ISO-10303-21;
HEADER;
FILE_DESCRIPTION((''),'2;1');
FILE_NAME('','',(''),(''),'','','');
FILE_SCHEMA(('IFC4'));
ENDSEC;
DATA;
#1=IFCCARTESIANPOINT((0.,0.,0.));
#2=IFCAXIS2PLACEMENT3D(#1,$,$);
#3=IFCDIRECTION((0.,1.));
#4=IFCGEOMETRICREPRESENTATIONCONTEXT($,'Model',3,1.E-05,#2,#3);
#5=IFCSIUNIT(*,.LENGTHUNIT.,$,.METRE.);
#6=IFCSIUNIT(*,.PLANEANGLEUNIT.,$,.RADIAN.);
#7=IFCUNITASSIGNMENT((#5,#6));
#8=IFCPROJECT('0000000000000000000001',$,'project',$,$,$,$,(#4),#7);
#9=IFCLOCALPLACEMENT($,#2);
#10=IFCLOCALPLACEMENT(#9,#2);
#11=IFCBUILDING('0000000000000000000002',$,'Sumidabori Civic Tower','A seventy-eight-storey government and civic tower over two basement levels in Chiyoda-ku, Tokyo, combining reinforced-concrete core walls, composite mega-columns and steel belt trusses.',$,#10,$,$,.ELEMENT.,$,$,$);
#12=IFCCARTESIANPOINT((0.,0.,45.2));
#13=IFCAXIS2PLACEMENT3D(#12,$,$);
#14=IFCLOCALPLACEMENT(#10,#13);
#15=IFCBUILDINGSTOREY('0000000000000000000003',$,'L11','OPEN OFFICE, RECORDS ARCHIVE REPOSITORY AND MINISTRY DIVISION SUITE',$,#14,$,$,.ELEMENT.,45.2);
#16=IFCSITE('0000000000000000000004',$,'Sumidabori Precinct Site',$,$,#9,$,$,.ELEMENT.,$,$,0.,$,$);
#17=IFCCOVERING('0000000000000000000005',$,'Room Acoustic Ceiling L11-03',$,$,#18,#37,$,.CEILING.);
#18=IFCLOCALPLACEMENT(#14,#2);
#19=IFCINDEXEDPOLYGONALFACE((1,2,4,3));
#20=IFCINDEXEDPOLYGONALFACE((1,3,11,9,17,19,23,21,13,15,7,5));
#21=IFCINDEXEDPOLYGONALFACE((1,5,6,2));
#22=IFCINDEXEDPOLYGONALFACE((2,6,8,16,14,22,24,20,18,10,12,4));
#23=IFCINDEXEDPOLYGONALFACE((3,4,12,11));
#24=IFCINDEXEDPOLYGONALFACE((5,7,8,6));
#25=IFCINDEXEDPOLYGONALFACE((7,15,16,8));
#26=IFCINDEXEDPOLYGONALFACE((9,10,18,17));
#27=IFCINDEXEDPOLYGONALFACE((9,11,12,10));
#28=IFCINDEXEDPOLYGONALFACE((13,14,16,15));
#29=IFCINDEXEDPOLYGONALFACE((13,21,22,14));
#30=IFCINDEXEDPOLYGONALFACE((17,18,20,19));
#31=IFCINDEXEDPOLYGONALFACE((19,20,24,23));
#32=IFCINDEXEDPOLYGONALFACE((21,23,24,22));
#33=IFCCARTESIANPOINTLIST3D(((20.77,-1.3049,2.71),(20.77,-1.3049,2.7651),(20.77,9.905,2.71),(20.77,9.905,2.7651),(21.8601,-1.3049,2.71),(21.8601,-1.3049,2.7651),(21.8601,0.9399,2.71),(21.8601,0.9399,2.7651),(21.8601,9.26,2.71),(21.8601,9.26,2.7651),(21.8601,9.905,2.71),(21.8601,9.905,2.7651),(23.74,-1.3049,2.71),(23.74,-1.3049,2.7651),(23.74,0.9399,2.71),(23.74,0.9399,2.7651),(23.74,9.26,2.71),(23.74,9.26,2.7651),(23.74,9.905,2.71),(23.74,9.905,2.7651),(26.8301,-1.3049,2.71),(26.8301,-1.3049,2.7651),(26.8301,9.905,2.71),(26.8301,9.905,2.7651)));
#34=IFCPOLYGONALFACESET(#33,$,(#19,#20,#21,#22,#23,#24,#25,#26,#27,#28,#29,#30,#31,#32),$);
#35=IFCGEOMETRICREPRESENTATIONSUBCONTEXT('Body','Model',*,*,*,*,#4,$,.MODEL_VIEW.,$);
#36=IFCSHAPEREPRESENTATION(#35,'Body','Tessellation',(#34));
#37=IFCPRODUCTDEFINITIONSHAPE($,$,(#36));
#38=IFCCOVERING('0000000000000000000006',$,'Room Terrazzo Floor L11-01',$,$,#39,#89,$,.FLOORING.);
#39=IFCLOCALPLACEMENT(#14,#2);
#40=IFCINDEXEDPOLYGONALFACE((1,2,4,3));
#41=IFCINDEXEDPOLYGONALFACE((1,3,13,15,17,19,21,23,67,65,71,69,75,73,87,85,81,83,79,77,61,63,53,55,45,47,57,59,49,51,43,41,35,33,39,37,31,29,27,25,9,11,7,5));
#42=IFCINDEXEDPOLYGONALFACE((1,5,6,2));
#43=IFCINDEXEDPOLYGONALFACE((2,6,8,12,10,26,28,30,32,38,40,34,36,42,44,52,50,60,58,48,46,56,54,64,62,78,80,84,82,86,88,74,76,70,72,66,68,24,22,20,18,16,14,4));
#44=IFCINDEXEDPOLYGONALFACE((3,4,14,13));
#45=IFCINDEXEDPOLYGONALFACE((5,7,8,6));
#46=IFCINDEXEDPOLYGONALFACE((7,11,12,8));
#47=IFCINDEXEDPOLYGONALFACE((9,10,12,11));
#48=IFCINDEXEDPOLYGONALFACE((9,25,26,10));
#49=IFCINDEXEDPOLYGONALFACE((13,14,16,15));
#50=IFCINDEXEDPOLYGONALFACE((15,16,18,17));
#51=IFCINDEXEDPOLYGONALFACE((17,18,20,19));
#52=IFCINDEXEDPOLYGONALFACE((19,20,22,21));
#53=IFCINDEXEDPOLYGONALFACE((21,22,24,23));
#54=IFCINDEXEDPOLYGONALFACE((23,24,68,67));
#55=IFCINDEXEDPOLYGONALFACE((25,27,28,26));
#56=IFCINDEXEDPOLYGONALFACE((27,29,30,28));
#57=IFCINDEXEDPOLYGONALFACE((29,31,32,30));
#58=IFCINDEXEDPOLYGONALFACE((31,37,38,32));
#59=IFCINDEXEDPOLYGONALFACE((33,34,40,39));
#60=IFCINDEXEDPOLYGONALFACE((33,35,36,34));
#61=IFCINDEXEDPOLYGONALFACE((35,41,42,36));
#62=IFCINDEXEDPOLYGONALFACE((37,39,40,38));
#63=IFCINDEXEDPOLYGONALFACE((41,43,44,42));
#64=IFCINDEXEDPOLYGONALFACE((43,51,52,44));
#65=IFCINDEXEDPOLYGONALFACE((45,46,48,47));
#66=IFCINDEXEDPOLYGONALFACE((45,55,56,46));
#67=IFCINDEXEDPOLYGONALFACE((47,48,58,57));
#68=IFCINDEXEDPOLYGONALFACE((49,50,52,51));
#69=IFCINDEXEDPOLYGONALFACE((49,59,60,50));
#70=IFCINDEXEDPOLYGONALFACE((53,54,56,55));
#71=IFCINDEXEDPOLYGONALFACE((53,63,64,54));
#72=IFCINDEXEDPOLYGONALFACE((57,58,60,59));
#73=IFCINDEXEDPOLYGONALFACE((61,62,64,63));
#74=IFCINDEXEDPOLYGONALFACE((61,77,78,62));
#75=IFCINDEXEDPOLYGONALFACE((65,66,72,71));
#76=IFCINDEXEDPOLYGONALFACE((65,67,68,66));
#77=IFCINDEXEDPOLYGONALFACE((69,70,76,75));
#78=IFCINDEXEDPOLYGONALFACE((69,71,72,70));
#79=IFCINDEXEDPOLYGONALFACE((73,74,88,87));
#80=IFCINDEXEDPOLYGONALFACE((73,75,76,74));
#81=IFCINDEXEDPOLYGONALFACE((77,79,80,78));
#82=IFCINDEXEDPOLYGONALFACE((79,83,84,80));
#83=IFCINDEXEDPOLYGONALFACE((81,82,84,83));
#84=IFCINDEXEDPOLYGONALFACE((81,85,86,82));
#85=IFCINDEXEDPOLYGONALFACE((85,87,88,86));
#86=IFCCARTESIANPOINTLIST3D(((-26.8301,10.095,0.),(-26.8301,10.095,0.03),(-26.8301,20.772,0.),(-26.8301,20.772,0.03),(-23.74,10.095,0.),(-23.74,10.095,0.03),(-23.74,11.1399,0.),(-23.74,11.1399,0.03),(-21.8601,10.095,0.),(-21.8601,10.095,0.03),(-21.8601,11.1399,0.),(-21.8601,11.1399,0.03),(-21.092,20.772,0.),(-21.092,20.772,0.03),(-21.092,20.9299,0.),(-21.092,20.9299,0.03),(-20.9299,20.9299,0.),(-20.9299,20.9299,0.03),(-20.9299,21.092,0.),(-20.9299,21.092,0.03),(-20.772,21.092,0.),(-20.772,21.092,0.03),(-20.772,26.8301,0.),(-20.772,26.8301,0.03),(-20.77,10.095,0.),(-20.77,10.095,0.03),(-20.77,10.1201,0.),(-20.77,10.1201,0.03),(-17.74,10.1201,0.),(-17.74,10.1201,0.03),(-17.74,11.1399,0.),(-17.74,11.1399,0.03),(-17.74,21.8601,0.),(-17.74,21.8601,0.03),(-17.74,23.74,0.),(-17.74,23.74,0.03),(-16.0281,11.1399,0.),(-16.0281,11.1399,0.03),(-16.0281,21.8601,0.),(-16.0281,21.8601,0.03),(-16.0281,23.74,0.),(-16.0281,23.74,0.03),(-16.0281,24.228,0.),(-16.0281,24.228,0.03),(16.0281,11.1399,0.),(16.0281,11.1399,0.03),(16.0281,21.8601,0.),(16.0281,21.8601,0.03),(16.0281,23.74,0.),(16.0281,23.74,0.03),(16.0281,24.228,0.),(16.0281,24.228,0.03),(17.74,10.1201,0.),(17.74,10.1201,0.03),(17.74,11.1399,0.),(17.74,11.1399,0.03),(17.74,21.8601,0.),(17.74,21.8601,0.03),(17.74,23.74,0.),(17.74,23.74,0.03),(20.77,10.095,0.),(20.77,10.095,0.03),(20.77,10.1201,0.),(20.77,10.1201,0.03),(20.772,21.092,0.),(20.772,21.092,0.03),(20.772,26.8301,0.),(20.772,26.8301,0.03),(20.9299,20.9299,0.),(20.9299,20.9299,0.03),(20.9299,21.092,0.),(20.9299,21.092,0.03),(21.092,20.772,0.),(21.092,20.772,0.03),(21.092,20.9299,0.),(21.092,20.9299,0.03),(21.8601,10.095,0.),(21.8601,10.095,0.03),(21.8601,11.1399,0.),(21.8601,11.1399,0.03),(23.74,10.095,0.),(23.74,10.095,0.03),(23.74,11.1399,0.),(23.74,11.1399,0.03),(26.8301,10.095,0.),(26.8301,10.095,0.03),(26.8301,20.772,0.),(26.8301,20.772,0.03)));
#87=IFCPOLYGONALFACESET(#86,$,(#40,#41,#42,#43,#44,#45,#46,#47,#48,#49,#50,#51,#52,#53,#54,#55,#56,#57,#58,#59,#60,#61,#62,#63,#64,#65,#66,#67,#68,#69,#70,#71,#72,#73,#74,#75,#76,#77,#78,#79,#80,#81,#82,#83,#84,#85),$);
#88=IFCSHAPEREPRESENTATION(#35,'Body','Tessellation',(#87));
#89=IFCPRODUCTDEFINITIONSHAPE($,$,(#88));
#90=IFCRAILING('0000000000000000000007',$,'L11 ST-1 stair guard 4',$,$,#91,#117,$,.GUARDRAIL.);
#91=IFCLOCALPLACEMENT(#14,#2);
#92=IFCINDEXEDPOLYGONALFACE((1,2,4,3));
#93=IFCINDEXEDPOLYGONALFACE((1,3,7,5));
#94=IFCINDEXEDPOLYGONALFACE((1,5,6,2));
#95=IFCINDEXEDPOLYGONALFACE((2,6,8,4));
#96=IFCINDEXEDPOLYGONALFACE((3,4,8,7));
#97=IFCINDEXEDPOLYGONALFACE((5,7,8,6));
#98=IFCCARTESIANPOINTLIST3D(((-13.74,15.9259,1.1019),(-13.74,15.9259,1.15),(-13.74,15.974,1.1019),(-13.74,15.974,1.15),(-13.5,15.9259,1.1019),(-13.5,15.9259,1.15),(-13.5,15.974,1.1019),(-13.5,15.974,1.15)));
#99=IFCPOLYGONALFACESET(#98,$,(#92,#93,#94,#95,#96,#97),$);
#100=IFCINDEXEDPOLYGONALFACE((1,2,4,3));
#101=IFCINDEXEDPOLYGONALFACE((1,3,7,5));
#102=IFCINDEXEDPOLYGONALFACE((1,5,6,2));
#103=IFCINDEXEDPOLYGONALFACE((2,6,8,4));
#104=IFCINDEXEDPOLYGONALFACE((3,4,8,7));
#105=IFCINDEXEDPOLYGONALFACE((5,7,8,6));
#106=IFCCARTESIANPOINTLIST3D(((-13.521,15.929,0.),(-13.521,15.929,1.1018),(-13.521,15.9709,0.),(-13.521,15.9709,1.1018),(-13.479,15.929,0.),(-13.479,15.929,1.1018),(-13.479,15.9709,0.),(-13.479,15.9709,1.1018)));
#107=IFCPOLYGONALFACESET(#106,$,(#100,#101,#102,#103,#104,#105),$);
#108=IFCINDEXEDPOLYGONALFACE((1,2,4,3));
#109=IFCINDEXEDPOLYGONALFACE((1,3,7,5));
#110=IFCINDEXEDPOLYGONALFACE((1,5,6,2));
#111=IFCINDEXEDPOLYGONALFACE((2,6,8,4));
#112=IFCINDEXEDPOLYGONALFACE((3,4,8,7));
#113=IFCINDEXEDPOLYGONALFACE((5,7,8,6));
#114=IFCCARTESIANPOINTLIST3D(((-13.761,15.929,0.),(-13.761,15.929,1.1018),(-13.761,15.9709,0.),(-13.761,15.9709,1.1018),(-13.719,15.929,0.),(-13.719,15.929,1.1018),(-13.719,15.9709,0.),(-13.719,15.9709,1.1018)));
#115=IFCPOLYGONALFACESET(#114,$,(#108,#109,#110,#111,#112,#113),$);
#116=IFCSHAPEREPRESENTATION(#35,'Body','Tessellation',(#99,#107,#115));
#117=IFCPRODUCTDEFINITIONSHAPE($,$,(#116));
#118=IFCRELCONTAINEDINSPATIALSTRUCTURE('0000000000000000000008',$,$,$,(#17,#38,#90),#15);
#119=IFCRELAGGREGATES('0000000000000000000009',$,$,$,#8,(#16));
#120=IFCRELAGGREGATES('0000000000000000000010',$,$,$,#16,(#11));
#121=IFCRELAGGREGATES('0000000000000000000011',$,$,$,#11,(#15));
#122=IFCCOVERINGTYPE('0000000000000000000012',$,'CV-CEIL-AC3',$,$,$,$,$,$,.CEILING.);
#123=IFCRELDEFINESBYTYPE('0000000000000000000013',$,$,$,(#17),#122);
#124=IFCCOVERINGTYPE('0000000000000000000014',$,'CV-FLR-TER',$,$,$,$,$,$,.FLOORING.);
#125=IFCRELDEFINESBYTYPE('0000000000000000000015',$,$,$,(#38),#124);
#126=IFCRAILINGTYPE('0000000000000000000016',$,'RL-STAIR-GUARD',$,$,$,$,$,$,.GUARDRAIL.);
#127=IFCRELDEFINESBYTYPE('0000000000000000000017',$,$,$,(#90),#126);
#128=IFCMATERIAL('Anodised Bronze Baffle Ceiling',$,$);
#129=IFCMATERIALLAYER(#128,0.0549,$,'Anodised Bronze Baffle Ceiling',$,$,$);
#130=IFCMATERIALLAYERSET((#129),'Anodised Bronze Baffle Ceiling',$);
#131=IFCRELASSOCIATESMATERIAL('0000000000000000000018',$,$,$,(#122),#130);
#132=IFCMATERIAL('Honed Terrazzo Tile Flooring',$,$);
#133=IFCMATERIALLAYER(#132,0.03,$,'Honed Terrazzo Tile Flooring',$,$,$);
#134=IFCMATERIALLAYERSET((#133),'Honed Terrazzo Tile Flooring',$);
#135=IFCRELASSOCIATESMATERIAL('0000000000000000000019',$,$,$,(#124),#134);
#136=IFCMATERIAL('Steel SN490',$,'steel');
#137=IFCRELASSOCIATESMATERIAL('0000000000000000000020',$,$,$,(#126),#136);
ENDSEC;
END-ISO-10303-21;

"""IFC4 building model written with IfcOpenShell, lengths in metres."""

from ifc_helpers import new_model, si_unit, direction, frame, origin, origin_2d, place, context, subcontext, project, spatial, polyline, rectangle, outline, extrude, material, layer, layer_set, type_object, element, save


model = new_model("IFC4")

# Units and contexts
model_context = context("Model", 3, precision=1e-05, world=origin(), true_north=direction((0.0, 1.0)))
body_context = subcontext(model_context, "Body", "Model", "MODEL_VIEW")
ifc_project = project(units=[si_unit("LENGTHUNIT", "METRE"), si_unit("PLANEANGLEUNIT", "RADIAN")], contexts=[model_context])

# Site, building, storey
site_placement = place(None, origin())
site = spatial("IfcSite", under=ifc_project, at=site_placement, Name="Sumidabori Precinct Site", CompositionType="ELEMENT", RefElevation=0.0)
building_placement = place(site_placement, origin())
building = spatial("IfcBuilding", under=site, at=building_placement, Name="Sumidabori Civic Tower", Description="A seventy-eight-storey government and civic tower over two basement levels in Chiyoda-ku, Tokyo, combining reinforced-concrete core walls, composite mega-columns and steel belt trusses.", CompositionType="ELEMENT")
storey_placement = place(building_placement, frame((0.0, 0.0, 45.2)))
storey = spatial("IfcBuildingStorey", under=building, at=storey_placement, Name="L11", Description="OPEN OFFICE, RECORDS ARCHIVE REPOSITORY AND MINISTRY DIVISION SUITE", CompositionType="ELEMENT", Elevation=45.2)

# Shared definitions
ifc_material_1 = material(Name="Steel SN490", Category="steel")

# Coverings
ifc_material_2 = material(Name="Anodised Bronze Baffle Ceiling")
ifc_layer_1 = layer(ifc_material_2, 0.0549, Name="Anodised Bronze Baffle Ceiling")
ifc_layer_set_1 = layer_set([ifc_layer_1], Name="Anodised Bronze Baffle Ceiling")
covering_type_1 = type_object("IfcCoveringType", Name="CV-CEIL-AC3", PredefinedType="CEILING", material=ifc_layer_set_1)
covering_1_placement = place(storey_placement, frame((0.0, 0.0, 2.71)))
element("IfcCovering", 1, at=covering_1_placement, inside=storey, type_object=covering_type_1, Name="Room Acoustic Ceiling L11-03", PredefinedType="CEILING", context=body_context, shape_type="SweptSolid", body=[
    extrude(outline(polyline([(20.77, 9.905), (21.8601, 9.905), (21.8601, 9.26), (23.74, 9.26), (23.74, 9.905), (26.8301, 9.905), (26.8301, -1.3049), (23.74, -1.3049), (23.74, 0.9399), (21.8601, 0.9399), (21.8601, -1.3049), (20.77, -1.3049), (20.77, 9.905)])), origin(), (0.0, 0.0, 1.0), 0.0552),
])
ifc_material_3 = material(Name="Honed Terrazzo Tile Flooring")
ifc_layer_2 = layer(ifc_material_3, 0.03, Name="Honed Terrazzo Tile Flooring")
ifc_layer_set_2 = layer_set([ifc_layer_2], Name="Honed Terrazzo Tile Flooring")
covering_type_2 = type_object("IfcCoveringType", Name="CV-FLR-TER", PredefinedType="FLOORING", material=ifc_layer_set_2)
covering_2_placement = place(storey_placement, origin())
element("IfcCovering", 2, at=covering_2_placement, inside=storey, type_object=covering_type_2, Name="Room Terrazzo Floor L11-01", PredefinedType="FLOORING", context=body_context, shape_type="SweptSolid", body=[
    extrude(outline(polyline([(-26.8301, 10.095), (-26.8301, 20.772), (-21.092, 20.772), (-21.092, 20.9299), (-20.9299, 20.9299), (-20.9299, 21.092), (-20.772, 21.092), (-20.772, 26.8301), (20.772, 26.8301), (20.772, 21.092), (20.9299, 21.092), (20.9299, 20.9299), (21.092, 20.9299), (21.092, 20.772), (26.8301, 20.772), (26.8301, 10.095), (23.74, 10.095), (23.74, 11.1399), (21.8601, 11.1399), (21.8601, 10.095), (20.77, 10.095), (20.77, 10.1201), (17.74, 10.1201), (17.74, 11.1399), (16.0281, 11.1399), (16.0281, 21.8601), (17.74, 21.8601), (17.74, 23.74), (16.0281, 23.74), (16.0281, 24.228), (-16.0281, 24.228), (-16.0281, 23.74), (-17.74, 23.74), (-17.74, 21.8601), (-16.0281, 21.8601), (-16.0281, 11.1399), (-17.74, 11.1399), (-17.74, 10.1201), (-20.77, 10.1201), (-20.77, 10.095), (-21.8601, 10.095), (-21.8601, 11.1399), (-23.74, 11.1399), (-23.74, 10.095), (-26.8301, 10.095)])), origin(), (0.0, 0.0, 1.0), 0.03),
])

# Railing
railing_type = type_object("IfcRailingType", Name="RL-STAIR-GUARD", PredefinedType="GUARDRAIL", material=ifc_material_1)
railing_placement = place(storey_placement, frame((-13.5, 15.95, 0.0)))
element("IfcRailing", 3, at=railing_placement, inside=storey, type_object=railing_type, Name="L11 ST-1 stair guard 4", PredefinedType="GUARDRAIL", context=body_context, shape_type="SweptSolid", body=[
    extrude(rectangle(XDim=0.0481, YDim=0.0481, at=origin_2d()), frame((0.0, 0.0, 1.126), z_axis=(-1.0, 0.0, 0.0), x_axis=(0.0, -1.0, 0.0)), (0.0, 0.0, 1.0), 0.24),
    extrude(rectangle(XDim=0.042, YDim=0.042, at=origin_2d()), origin(), (0.0, 0.0, 1.0), 1.1018),
    extrude(rectangle(XDim=0.042, YDim=0.042, at=origin_2d()), frame((-0.24, 0.0, 0.0)), (0.0, 0.0, 1.0), 1.1018),
])

save(model, "model.ifc")
